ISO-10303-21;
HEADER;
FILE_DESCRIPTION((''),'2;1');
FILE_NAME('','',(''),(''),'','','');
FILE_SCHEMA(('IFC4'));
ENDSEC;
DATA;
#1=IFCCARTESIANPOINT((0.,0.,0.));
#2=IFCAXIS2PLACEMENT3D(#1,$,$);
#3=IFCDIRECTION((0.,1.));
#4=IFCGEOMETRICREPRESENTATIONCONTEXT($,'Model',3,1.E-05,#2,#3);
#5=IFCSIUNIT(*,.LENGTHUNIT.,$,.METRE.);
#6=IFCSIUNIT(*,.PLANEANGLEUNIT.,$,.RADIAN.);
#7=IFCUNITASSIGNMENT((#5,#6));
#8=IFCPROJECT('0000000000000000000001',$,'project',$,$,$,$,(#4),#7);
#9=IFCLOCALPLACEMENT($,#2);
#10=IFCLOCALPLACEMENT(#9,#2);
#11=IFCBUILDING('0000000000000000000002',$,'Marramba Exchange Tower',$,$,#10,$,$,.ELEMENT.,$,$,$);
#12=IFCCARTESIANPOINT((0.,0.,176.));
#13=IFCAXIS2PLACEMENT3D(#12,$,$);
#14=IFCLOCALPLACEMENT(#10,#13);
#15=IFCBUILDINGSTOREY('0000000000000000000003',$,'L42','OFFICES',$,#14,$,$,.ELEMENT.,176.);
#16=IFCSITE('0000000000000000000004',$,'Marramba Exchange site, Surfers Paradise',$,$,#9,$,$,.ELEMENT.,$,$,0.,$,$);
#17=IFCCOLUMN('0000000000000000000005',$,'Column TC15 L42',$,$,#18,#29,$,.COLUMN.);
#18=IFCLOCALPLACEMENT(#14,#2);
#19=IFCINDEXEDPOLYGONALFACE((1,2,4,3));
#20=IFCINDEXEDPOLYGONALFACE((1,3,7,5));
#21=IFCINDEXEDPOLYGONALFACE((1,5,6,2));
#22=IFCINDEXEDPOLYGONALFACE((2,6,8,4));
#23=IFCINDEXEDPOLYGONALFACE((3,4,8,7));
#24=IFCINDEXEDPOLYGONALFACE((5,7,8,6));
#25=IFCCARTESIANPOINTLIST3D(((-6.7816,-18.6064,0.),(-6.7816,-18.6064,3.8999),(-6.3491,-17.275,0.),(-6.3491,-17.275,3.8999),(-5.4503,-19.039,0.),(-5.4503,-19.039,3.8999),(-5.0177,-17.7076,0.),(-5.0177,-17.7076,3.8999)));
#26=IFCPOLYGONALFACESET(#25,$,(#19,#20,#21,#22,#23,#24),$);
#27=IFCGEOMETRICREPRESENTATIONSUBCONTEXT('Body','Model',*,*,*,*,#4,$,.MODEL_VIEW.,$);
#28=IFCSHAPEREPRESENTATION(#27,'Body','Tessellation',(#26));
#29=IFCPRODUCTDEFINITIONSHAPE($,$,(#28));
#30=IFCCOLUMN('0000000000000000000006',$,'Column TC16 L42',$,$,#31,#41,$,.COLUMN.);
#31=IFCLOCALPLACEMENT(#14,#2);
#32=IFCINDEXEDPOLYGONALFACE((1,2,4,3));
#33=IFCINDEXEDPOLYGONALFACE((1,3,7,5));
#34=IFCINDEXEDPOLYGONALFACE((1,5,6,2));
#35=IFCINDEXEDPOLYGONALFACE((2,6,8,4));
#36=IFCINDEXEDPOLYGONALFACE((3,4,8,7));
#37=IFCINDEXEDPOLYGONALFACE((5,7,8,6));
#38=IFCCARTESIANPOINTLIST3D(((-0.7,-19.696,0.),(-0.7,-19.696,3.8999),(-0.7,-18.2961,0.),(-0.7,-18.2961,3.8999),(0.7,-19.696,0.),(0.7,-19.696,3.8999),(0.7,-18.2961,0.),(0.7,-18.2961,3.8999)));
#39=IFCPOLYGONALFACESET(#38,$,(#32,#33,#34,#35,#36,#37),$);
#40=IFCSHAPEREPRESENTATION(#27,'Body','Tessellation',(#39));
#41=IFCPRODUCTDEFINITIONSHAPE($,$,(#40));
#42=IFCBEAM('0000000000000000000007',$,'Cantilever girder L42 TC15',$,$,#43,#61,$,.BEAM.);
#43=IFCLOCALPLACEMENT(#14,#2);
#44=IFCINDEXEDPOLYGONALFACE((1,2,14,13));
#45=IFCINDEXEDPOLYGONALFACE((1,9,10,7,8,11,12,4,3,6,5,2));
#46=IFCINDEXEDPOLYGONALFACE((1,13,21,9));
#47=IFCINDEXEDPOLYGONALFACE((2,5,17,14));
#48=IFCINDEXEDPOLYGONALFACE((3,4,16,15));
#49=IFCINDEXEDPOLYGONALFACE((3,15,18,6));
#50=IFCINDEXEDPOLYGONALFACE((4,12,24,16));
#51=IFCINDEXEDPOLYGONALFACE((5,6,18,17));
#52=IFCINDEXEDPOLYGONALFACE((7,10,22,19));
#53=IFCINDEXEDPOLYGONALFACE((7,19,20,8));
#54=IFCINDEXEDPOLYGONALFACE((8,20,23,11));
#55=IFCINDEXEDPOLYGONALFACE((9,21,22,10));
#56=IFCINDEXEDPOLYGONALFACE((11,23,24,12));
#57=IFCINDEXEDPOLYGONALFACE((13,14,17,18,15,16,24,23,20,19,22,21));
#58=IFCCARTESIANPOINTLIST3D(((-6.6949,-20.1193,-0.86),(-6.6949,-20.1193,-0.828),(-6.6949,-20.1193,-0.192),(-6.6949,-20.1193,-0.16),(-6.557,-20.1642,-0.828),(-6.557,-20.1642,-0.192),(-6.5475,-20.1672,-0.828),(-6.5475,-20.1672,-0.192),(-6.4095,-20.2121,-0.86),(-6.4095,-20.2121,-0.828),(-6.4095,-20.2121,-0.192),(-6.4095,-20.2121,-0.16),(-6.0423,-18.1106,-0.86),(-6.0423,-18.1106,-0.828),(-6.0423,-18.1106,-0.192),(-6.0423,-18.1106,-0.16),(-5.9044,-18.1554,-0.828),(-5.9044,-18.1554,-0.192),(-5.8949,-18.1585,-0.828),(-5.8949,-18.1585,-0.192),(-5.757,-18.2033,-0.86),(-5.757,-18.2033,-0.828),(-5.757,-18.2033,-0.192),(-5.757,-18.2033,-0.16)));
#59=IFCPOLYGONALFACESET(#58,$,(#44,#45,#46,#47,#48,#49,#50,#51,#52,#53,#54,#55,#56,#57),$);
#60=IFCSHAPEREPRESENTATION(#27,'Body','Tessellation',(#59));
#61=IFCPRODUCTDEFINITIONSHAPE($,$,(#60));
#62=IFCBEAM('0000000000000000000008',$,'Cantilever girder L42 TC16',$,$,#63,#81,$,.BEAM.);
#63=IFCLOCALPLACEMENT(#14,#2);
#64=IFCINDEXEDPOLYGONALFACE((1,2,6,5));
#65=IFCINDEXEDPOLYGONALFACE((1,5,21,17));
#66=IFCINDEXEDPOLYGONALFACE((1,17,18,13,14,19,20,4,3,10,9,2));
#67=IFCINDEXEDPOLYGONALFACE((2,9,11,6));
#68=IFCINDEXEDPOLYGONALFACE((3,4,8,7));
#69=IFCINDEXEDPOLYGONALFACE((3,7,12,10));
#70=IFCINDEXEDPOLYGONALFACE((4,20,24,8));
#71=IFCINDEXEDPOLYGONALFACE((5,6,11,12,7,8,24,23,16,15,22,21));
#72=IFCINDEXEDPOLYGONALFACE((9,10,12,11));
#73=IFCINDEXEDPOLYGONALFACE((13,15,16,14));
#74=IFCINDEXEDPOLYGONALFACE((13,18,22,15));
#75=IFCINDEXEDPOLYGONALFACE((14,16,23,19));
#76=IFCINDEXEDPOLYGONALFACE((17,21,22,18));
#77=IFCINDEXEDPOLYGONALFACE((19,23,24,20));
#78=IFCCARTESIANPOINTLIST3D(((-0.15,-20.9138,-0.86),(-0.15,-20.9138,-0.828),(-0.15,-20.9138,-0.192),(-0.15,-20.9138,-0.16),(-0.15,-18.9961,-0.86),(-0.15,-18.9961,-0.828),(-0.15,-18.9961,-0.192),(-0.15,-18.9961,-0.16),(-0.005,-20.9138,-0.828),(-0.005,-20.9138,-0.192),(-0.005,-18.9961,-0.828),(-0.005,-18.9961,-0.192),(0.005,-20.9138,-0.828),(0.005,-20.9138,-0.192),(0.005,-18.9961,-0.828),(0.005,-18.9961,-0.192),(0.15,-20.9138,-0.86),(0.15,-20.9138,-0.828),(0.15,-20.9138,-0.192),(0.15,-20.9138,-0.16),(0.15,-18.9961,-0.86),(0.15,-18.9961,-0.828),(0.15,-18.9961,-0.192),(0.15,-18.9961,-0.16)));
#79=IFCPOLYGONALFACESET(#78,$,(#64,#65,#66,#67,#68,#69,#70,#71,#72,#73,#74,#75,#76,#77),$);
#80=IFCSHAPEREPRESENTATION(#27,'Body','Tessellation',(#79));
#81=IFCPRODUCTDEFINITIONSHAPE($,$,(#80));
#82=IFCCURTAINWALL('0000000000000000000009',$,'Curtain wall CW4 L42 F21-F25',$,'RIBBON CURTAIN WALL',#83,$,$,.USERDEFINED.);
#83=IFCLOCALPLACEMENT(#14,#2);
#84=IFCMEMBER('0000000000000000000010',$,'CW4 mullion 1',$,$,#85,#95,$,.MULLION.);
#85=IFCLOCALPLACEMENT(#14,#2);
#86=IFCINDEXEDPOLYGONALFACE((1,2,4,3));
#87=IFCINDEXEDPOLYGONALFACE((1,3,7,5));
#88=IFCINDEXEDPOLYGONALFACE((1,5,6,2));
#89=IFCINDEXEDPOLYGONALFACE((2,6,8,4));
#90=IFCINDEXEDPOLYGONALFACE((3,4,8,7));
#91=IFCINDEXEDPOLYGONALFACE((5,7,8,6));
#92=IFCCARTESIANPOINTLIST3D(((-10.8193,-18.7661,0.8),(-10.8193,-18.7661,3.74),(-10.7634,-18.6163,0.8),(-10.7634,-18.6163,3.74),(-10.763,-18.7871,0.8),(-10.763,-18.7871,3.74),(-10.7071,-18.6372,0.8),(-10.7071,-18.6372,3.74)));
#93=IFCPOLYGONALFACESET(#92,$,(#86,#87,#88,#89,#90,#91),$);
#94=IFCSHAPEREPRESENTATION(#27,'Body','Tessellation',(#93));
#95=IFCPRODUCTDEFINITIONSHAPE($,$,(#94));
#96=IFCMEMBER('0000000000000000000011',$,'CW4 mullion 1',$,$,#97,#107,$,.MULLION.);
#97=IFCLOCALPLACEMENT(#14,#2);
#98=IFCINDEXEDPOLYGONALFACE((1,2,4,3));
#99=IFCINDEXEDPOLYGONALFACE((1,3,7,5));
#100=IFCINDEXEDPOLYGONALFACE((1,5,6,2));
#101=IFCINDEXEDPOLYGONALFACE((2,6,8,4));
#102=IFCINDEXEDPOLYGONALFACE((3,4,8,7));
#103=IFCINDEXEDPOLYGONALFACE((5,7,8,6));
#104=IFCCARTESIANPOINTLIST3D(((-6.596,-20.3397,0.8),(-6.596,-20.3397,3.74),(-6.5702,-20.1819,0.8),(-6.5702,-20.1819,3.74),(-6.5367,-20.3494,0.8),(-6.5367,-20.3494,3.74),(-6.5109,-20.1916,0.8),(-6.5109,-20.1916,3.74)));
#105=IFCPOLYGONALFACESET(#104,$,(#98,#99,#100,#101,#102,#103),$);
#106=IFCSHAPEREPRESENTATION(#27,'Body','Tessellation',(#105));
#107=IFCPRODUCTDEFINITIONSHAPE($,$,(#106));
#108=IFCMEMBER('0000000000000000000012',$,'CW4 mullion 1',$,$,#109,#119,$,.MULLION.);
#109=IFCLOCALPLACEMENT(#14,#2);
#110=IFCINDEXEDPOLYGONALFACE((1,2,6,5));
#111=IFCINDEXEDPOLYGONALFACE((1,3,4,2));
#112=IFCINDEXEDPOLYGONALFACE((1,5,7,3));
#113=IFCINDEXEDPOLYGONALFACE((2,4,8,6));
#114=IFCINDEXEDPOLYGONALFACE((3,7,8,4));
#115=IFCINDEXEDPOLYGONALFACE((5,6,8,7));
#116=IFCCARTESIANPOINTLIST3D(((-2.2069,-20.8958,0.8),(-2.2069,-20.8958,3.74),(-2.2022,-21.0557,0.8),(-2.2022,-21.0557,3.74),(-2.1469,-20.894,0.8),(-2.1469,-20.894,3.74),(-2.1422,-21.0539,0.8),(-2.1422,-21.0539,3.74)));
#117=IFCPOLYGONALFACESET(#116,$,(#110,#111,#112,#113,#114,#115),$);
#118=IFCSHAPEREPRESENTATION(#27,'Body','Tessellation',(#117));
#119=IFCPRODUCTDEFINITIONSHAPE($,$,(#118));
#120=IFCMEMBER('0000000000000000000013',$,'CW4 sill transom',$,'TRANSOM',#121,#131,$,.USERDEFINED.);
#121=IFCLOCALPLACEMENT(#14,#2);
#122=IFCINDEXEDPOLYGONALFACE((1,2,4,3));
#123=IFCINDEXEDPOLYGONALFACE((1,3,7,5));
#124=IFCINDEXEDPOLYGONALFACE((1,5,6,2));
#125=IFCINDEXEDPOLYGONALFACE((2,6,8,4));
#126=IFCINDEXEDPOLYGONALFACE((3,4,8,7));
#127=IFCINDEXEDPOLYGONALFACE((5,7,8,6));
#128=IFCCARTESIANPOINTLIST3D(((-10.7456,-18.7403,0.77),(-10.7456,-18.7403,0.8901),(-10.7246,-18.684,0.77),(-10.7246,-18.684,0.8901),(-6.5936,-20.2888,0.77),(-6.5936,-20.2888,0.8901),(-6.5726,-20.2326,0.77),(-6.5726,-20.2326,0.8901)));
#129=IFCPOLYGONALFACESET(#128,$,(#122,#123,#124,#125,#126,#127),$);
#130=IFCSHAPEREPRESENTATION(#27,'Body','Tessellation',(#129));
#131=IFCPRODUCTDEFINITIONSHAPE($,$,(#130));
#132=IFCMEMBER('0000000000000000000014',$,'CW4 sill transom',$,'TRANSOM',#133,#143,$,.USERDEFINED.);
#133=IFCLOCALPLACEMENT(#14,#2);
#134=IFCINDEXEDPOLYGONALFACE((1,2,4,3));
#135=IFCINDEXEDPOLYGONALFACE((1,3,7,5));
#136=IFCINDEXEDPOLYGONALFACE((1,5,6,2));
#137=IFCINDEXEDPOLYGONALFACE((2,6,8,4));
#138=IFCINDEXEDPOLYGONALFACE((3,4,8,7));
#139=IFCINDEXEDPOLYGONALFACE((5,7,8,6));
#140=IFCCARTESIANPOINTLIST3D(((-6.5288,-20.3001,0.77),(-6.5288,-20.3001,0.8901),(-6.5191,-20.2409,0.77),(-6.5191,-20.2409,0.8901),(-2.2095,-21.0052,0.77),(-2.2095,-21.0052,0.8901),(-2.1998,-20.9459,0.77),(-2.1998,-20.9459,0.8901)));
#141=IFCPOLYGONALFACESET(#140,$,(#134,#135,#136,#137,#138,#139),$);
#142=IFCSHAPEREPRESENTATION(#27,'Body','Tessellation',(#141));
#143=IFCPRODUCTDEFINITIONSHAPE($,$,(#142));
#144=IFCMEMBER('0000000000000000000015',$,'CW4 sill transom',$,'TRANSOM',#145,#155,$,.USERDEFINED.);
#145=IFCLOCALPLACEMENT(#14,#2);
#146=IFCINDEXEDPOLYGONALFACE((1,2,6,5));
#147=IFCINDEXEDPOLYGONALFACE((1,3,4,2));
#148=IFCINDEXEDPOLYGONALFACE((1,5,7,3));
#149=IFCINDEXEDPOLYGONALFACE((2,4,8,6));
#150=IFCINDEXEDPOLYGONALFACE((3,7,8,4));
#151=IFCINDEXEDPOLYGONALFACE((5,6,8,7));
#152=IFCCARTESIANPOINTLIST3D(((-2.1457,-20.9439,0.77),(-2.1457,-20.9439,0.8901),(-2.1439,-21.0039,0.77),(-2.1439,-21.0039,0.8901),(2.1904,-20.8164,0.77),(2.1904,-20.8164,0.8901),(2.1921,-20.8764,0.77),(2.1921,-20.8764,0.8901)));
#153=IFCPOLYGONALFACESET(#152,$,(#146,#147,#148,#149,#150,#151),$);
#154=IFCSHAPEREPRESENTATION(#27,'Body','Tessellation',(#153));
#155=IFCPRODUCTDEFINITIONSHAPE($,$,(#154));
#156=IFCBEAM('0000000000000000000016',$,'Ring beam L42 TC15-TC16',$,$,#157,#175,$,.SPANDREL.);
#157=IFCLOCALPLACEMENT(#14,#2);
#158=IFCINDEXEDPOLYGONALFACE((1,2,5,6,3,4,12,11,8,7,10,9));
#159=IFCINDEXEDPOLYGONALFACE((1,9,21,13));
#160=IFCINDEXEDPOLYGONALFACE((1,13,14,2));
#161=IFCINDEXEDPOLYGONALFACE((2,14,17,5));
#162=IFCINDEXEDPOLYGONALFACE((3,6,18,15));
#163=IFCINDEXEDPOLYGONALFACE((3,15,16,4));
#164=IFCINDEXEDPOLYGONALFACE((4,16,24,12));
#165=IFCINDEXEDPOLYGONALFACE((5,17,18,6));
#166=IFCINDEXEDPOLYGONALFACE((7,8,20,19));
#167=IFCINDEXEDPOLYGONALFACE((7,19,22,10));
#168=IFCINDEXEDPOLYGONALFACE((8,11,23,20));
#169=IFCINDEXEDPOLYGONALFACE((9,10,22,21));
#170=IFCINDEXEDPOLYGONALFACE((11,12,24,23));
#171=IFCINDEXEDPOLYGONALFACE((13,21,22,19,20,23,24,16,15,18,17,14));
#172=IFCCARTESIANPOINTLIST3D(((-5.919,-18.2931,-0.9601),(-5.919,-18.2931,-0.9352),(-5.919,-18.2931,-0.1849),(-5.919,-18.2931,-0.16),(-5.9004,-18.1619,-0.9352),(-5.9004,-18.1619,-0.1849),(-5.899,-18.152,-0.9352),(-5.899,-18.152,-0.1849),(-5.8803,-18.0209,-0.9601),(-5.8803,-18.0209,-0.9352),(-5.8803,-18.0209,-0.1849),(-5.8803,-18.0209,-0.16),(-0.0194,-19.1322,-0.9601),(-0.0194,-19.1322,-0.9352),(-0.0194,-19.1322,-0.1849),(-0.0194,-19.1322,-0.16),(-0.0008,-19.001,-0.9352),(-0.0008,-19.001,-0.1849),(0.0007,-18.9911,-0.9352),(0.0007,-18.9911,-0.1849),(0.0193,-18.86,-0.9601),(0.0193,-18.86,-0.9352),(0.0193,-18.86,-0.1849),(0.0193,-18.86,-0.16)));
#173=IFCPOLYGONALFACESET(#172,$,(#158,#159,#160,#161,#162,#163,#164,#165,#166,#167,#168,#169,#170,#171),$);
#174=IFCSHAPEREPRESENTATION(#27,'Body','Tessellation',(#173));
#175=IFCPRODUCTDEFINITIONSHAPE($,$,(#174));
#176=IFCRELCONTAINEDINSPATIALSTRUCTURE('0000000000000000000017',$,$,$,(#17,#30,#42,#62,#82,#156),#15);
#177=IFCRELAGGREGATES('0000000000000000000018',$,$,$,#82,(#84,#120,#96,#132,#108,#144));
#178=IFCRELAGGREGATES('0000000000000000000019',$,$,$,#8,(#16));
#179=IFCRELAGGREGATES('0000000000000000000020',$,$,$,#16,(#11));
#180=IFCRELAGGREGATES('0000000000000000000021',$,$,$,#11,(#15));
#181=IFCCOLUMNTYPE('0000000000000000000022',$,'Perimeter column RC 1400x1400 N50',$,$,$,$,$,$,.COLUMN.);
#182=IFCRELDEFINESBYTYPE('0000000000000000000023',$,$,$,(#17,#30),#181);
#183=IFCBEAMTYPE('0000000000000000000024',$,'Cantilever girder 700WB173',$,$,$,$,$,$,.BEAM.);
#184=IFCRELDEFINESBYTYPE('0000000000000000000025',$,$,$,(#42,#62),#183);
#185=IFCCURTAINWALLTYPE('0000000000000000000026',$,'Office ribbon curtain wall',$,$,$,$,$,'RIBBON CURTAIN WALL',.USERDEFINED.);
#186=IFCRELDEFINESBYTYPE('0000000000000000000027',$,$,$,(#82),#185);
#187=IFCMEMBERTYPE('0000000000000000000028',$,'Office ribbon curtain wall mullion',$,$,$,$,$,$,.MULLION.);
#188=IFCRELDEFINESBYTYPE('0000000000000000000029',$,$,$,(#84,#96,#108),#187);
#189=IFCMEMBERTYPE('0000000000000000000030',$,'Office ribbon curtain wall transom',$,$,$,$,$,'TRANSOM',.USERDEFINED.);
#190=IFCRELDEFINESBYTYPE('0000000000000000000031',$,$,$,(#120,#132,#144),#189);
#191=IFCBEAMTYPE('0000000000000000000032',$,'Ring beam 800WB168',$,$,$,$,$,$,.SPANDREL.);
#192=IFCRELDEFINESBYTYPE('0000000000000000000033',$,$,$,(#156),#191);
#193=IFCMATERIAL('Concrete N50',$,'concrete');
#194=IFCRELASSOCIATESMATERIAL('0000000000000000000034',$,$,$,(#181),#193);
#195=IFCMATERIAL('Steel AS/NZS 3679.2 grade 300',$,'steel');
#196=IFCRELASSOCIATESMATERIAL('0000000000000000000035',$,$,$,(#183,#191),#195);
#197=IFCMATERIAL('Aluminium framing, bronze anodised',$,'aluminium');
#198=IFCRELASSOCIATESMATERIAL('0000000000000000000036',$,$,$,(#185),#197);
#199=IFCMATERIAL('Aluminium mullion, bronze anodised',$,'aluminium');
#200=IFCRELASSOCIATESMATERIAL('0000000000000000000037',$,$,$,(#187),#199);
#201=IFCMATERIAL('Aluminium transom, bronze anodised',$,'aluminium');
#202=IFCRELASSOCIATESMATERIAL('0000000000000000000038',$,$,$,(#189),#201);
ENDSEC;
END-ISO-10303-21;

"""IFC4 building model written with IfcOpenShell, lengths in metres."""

from ifc_helpers import new_model, si_unit, direction, frame, origin, origin_2d, place, context, subcontext, project, spatial, rectangle, i_section, extrude, material, material_profile, profile_set, type_object, element, aggregate, save


model = new_model("IFC4")

# Units and contexts
model_context = context("Model", 3, precision=1e-05, world=origin(), true_north=direction((0.0, 1.0)))
body_context = subcontext(model_context, "Body", "Model", "MODEL_VIEW")
ifc_project = project(units=[si_unit("LENGTHUNIT", "METRE"), si_unit("PLANEANGLEUNIT", "RADIAN")], contexts=[model_context])

# Site, building, storey
site_placement = place(None, origin())
site = spatial("IfcSite", under=ifc_project, at=site_placement, Name="Marramba Exchange site, Surfers Paradise", CompositionType="ELEMENT", RefElevation=0.0)
building_placement = place(site_placement, origin())
building = spatial("IfcBuilding", under=site, at=building_placement, Name="Marramba Exchange Tower", CompositionType="ELEMENT")
storey_placement = place(building_placement, frame((0.0, 0.0, 176.0)))
storey = spatial("IfcBuildingStorey", under=building, at=storey_placement, Name="L42", Description="OFFICES", CompositionType="ELEMENT", Elevation=176.0)

# Columns
ifc_material_1 = material(Name="Concrete N50", Category="concrete")
ifc_material_profile_1 = material_profile(ifc_material_1, rectangle(XDim=1.3999, YDim=1.3999, at=origin_2d()), Name="RC 1400x1400")
ifc_profile_set_1 = profile_set([ifc_material_profile_1], Name="Concrete N50")
column_type = type_object("IfcColumnType", Name="Perimeter column RC 1400x1400 N50", PredefinedType="COLUMN", material=ifc_profile_set_1)
for number, where, z_axis, x_axis, name in (
    (1, (-5.8997, -18.157, 0.0), (0.0, 0.0, 1.0), (-0.309017, -0.951057, 0.0), "Column TC15 L42"),
    (2, (0.0, -18.9961, 0.0), (0.0, 0.0, 1.0), (0.0, -1.0, 0.0), "Column TC16 L42"),
):
    element("IfcColumn", number, at=place(storey_placement, frame(where, z_axis=z_axis, x_axis=x_axis)), inside=storey, type_object=column_type, Name=name, PredefinedType="COLUMN", context=body_context, shape_type="SweptSolid", body=[
        extrude(rectangle(XDim=1.3999, YDim=1.3999, at=origin_2d()), origin(), (0.0, 0.0, 1.0), 3.8999),
    ])

# Beams
ifc_material_2 = material(Name="Steel AS/NZS 3679.2 grade 300", Category="steel")
ifc_material_profile_2 = material_profile(ifc_material_2, i_section(OverallWidth=0.3, OverallDepth=0.7, WebThickness=0.01, FlangeThickness=0.032, at=origin_2d()), Name="700WB173")
ifc_profile_set_2 = profile_set([ifc_material_profile_2], Name="Steel AS/NZS 3679.2 grade 300")
beam_type_1 = type_object("IfcBeamType", Name="Cantilever girder 700WB173", PredefinedType="BEAM", material=ifc_profile_set_2)
beam_1_placement = place(storey_placement, frame((-5.8997, -18.157, -0.51), z_axis=(-0.308971, -0.951071, 0.0), x_axis=(0.951071, -0.308971, 0.0)))
element("IfcBeam", 3, at=beam_1_placement, inside=storey, type_object=beam_type_1, Name="Cantilever girder L42 TC15", PredefinedType="BEAM", context=body_context, shape_type="SweptSolid", body=[
    extrude(i_section(OverallWidth=0.3, OverallDepth=0.7, WebThickness=0.01, FlangeThickness=0.032, at=origin_2d()), origin(), (0.0, 0.0, 1.0), 2.1121),
])
beam_2_placement = place(storey_placement, frame((0.0, -18.9961, -0.51), z_axis=(0.0, -1.0, 0.0), x_axis=(1.0, 0.0, 0.0)))
element("IfcBeam", 4, at=beam_2_placement, inside=storey, type_object=beam_type_1, Name="Cantilever girder L42 TC16", PredefinedType="BEAM", context=body_context, shape_type="SweptSolid", body=[
    extrude(i_section(OverallWidth=0.3, OverallDepth=0.7, WebThickness=0.01, FlangeThickness=0.032, at=origin_2d()), origin(), (0.0, 0.0, 1.0), 1.9177),
])

# Curtain wall, members
ifc_material_3 = material(Name="Aluminium framing, bronze anodised", Category="aluminium")
curtain_wall_type = type_object("IfcCurtainWallType", Name="Office ribbon curtain wall", ElementType="RIBBON CURTAIN WALL", PredefinedType="USERDEFINED", material=ifc_material_3)
curtain_wall_placement = place(storey_placement, origin())
curtain_wall = element("IfcCurtainWall", 5, at=curtain_wall_placement, inside=storey, type_object=curtain_wall_type, Name="Curtain wall CW4 L42 F21-F25", ObjectType="RIBBON CURTAIN WALL", PredefinedType="USERDEFINED")
ifc_material_4 = material(Name="Aluminium mullion, bronze anodised", Category="aluminium")
ifc_material_profile_3 = material_profile(ifc_material_4, rectangle(XDim=0.1599, YDim=0.0601, at=origin_2d()), Name="CW4 mullion 60x160")
ifc_profile_set_3 = profile_set([ifc_material_profile_3], Name="Aluminium mullion, bronze anodised")
member_type_1 = type_object("IfcMemberType", Name="Office ribbon curtain wall mullion", PredefinedType="MULLION", material=ifc_profile_set_3)
member_1_placement = place(storey_placement, frame((-10.7632, -18.7017, 0.8), z_axis=(0.0, 0.0, 1.0), x_axis=(0.349459, 0.936952, 0.0)))
member_1 = element("IfcMember", 6, at=member_1_placement, type_object=member_type_1, Name="CW4 mullion 1", PredefinedType="MULLION", context=body_context, shape_type="SweptSolid", body=[
    extrude(rectangle(XDim=0.1599, YDim=0.0601, at=origin_2d()), origin(), (0.0, 0.0, 1.0), 2.9399),
])
member_2_placement = place(storey_placement, frame((-6.5535, -20.2656, 0.8), z_axis=(0.0, 0.0, 1.0), x_axis=(0.161146, 0.986931, 0.0)))
member_2 = element("IfcMember", 7, at=member_2_placement, type_object=member_type_1, Name="CW4 mullion 1", PredefinedType="MULLION", context=body_context, shape_type="SweptSolid", body=[
    extrude(rectangle(XDim=0.1599, YDim=0.0601, at=origin_2d()), origin(), (0.0, 0.0, 1.0), 2.9399),
])
member_3_placement = place(storey_placement, frame((-2.1746, -20.9749, 0.8), z_axis=(0.0, 0.0, 1.0), x_axis=(-0.029393, 0.999568, 0.0)))
member_3 = element("IfcMember", 8, at=member_3_placement, type_object=member_type_1, Name="CW4 mullion 1", PredefinedType="MULLION", context=body_context, shape_type="SweptSolid", body=[
    extrude(rectangle(XDim=0.1599, YDim=0.0601, at=origin_2d()), origin(), (0.0, 0.0, 1.0), 2.9399),
])
ifc_material_5 = material(Name="Aluminium transom, bronze anodised", Category="aluminium")
ifc_material_profile_4 = material_profile(ifc_material_5, rectangle(XDim=0.0601, YDim=0.1201, at=origin_2d()), Name="CW4 transom 60x120")
ifc_profile_set_4 = profile_set([ifc_material_profile_4], Name="Aluminium transom, bronze anodised")
member_type_2 = type_object("IfcMemberType", Name="Office ribbon curtain wall transom", ElementType="TRANSOM", PredefinedType="USERDEFINED", material=ifc_profile_set_4)
member_4_placement = place(storey_placement, frame((-10.7351, -18.7122, 0.8301), z_axis=(0.936955, -0.34945, 0.0), x_axis=(0.34945, 0.936955, 0.0)))
member_4 = element("IfcMember", 9, at=member_4_placement, type_object=member_type_2, Name="CW4 sill transom", ObjectType="TRANSOM", PredefinedType="USERDEFINED", context=body_context, shape_type="SweptSolid", body=[
    extrude(rectangle(XDim=0.0601, YDim=0.1201, at=origin_2d()), origin(), (0.0, 0.0, 1.0), 4.4314),
])
member_5_placement = place(storey_placement, frame((-6.5239, -20.2705, 0.8301), z_axis=(0.986937, -0.161105, 0.0), x_axis=(0.161105, 0.986937, 0.0)))
member_5 = element("IfcMember", 10, at=member_5_placement, type_object=member_type_2, Name="CW4 sill transom", ObjectType="TRANSOM", PredefinedType="USERDEFINED", context=body_context, shape_type="SweptSolid", body=[
    extrude(rectangle(XDim=0.0601, YDim=0.1201, at=origin_2d()), origin(), (0.0, 0.0, 1.0), 4.3765),
])
member_6_placement = place(storey_placement, frame((-2.1448, -20.9739, 0.8301), z_axis=(0.999568, 0.029379, 0.0), x_axis=(-0.029379, 0.999568, 0.0)))
member_6 = element("IfcMember", 11, at=member_6_placement, type_object=member_type_2, Name="CW4 sill transom", ObjectType="TRANSOM", PredefinedType="USERDEFINED", context=body_context, shape_type="SweptSolid", body=[
    extrude(rectangle(XDim=0.0601, YDim=0.1201, at=origin_2d()), origin(), (0.0, 0.0, 1.0), 4.3379),
])

# Beam
ifc_material_profile_5 = material_profile(ifc_material_2, i_section(OverallWidth=0.2749, OverallDepth=0.8, WebThickness=0.01, FlangeThickness=0.0249, at=origin_2d()), Name="800WB168")
ifc_profile_set_5 = profile_set([ifc_material_profile_5], Name="Steel AS/NZS 3679.2 grade 300")
beam_type_2 = type_object("IfcBeamType", Name="Ring beam 800WB168", PredefinedType="SPANDREL", material=ifc_profile_set_5)
for number, where, z_axis, x_axis, name in (
    (12, (-5.8997, -18.157, -0.5601), (0.990036, -0.140813, 0.0), (0.140813, 0.990036, 0.0), "Ring beam L42 TC15-TC16"),
):
    element("IfcBeam", number, at=place(storey_placement, frame(where, z_axis=z_axis, x_axis=x_axis)), inside=storey, type_object=beam_type_2, Name=name, PredefinedType="SPANDREL", context=body_context, shape_type="SweptSolid", body=[
        extrude(i_section(OverallWidth=0.2749, OverallDepth=0.8, WebThickness=0.01, FlangeThickness=0.0249, at=origin_2d()), origin(), (0.0, 0.0, 1.0), 5.959),
    ])

aggregate(curtain_wall, [member_1, member_4, member_2, member_5, member_3, member_6])

save(model, "model.ifc")
